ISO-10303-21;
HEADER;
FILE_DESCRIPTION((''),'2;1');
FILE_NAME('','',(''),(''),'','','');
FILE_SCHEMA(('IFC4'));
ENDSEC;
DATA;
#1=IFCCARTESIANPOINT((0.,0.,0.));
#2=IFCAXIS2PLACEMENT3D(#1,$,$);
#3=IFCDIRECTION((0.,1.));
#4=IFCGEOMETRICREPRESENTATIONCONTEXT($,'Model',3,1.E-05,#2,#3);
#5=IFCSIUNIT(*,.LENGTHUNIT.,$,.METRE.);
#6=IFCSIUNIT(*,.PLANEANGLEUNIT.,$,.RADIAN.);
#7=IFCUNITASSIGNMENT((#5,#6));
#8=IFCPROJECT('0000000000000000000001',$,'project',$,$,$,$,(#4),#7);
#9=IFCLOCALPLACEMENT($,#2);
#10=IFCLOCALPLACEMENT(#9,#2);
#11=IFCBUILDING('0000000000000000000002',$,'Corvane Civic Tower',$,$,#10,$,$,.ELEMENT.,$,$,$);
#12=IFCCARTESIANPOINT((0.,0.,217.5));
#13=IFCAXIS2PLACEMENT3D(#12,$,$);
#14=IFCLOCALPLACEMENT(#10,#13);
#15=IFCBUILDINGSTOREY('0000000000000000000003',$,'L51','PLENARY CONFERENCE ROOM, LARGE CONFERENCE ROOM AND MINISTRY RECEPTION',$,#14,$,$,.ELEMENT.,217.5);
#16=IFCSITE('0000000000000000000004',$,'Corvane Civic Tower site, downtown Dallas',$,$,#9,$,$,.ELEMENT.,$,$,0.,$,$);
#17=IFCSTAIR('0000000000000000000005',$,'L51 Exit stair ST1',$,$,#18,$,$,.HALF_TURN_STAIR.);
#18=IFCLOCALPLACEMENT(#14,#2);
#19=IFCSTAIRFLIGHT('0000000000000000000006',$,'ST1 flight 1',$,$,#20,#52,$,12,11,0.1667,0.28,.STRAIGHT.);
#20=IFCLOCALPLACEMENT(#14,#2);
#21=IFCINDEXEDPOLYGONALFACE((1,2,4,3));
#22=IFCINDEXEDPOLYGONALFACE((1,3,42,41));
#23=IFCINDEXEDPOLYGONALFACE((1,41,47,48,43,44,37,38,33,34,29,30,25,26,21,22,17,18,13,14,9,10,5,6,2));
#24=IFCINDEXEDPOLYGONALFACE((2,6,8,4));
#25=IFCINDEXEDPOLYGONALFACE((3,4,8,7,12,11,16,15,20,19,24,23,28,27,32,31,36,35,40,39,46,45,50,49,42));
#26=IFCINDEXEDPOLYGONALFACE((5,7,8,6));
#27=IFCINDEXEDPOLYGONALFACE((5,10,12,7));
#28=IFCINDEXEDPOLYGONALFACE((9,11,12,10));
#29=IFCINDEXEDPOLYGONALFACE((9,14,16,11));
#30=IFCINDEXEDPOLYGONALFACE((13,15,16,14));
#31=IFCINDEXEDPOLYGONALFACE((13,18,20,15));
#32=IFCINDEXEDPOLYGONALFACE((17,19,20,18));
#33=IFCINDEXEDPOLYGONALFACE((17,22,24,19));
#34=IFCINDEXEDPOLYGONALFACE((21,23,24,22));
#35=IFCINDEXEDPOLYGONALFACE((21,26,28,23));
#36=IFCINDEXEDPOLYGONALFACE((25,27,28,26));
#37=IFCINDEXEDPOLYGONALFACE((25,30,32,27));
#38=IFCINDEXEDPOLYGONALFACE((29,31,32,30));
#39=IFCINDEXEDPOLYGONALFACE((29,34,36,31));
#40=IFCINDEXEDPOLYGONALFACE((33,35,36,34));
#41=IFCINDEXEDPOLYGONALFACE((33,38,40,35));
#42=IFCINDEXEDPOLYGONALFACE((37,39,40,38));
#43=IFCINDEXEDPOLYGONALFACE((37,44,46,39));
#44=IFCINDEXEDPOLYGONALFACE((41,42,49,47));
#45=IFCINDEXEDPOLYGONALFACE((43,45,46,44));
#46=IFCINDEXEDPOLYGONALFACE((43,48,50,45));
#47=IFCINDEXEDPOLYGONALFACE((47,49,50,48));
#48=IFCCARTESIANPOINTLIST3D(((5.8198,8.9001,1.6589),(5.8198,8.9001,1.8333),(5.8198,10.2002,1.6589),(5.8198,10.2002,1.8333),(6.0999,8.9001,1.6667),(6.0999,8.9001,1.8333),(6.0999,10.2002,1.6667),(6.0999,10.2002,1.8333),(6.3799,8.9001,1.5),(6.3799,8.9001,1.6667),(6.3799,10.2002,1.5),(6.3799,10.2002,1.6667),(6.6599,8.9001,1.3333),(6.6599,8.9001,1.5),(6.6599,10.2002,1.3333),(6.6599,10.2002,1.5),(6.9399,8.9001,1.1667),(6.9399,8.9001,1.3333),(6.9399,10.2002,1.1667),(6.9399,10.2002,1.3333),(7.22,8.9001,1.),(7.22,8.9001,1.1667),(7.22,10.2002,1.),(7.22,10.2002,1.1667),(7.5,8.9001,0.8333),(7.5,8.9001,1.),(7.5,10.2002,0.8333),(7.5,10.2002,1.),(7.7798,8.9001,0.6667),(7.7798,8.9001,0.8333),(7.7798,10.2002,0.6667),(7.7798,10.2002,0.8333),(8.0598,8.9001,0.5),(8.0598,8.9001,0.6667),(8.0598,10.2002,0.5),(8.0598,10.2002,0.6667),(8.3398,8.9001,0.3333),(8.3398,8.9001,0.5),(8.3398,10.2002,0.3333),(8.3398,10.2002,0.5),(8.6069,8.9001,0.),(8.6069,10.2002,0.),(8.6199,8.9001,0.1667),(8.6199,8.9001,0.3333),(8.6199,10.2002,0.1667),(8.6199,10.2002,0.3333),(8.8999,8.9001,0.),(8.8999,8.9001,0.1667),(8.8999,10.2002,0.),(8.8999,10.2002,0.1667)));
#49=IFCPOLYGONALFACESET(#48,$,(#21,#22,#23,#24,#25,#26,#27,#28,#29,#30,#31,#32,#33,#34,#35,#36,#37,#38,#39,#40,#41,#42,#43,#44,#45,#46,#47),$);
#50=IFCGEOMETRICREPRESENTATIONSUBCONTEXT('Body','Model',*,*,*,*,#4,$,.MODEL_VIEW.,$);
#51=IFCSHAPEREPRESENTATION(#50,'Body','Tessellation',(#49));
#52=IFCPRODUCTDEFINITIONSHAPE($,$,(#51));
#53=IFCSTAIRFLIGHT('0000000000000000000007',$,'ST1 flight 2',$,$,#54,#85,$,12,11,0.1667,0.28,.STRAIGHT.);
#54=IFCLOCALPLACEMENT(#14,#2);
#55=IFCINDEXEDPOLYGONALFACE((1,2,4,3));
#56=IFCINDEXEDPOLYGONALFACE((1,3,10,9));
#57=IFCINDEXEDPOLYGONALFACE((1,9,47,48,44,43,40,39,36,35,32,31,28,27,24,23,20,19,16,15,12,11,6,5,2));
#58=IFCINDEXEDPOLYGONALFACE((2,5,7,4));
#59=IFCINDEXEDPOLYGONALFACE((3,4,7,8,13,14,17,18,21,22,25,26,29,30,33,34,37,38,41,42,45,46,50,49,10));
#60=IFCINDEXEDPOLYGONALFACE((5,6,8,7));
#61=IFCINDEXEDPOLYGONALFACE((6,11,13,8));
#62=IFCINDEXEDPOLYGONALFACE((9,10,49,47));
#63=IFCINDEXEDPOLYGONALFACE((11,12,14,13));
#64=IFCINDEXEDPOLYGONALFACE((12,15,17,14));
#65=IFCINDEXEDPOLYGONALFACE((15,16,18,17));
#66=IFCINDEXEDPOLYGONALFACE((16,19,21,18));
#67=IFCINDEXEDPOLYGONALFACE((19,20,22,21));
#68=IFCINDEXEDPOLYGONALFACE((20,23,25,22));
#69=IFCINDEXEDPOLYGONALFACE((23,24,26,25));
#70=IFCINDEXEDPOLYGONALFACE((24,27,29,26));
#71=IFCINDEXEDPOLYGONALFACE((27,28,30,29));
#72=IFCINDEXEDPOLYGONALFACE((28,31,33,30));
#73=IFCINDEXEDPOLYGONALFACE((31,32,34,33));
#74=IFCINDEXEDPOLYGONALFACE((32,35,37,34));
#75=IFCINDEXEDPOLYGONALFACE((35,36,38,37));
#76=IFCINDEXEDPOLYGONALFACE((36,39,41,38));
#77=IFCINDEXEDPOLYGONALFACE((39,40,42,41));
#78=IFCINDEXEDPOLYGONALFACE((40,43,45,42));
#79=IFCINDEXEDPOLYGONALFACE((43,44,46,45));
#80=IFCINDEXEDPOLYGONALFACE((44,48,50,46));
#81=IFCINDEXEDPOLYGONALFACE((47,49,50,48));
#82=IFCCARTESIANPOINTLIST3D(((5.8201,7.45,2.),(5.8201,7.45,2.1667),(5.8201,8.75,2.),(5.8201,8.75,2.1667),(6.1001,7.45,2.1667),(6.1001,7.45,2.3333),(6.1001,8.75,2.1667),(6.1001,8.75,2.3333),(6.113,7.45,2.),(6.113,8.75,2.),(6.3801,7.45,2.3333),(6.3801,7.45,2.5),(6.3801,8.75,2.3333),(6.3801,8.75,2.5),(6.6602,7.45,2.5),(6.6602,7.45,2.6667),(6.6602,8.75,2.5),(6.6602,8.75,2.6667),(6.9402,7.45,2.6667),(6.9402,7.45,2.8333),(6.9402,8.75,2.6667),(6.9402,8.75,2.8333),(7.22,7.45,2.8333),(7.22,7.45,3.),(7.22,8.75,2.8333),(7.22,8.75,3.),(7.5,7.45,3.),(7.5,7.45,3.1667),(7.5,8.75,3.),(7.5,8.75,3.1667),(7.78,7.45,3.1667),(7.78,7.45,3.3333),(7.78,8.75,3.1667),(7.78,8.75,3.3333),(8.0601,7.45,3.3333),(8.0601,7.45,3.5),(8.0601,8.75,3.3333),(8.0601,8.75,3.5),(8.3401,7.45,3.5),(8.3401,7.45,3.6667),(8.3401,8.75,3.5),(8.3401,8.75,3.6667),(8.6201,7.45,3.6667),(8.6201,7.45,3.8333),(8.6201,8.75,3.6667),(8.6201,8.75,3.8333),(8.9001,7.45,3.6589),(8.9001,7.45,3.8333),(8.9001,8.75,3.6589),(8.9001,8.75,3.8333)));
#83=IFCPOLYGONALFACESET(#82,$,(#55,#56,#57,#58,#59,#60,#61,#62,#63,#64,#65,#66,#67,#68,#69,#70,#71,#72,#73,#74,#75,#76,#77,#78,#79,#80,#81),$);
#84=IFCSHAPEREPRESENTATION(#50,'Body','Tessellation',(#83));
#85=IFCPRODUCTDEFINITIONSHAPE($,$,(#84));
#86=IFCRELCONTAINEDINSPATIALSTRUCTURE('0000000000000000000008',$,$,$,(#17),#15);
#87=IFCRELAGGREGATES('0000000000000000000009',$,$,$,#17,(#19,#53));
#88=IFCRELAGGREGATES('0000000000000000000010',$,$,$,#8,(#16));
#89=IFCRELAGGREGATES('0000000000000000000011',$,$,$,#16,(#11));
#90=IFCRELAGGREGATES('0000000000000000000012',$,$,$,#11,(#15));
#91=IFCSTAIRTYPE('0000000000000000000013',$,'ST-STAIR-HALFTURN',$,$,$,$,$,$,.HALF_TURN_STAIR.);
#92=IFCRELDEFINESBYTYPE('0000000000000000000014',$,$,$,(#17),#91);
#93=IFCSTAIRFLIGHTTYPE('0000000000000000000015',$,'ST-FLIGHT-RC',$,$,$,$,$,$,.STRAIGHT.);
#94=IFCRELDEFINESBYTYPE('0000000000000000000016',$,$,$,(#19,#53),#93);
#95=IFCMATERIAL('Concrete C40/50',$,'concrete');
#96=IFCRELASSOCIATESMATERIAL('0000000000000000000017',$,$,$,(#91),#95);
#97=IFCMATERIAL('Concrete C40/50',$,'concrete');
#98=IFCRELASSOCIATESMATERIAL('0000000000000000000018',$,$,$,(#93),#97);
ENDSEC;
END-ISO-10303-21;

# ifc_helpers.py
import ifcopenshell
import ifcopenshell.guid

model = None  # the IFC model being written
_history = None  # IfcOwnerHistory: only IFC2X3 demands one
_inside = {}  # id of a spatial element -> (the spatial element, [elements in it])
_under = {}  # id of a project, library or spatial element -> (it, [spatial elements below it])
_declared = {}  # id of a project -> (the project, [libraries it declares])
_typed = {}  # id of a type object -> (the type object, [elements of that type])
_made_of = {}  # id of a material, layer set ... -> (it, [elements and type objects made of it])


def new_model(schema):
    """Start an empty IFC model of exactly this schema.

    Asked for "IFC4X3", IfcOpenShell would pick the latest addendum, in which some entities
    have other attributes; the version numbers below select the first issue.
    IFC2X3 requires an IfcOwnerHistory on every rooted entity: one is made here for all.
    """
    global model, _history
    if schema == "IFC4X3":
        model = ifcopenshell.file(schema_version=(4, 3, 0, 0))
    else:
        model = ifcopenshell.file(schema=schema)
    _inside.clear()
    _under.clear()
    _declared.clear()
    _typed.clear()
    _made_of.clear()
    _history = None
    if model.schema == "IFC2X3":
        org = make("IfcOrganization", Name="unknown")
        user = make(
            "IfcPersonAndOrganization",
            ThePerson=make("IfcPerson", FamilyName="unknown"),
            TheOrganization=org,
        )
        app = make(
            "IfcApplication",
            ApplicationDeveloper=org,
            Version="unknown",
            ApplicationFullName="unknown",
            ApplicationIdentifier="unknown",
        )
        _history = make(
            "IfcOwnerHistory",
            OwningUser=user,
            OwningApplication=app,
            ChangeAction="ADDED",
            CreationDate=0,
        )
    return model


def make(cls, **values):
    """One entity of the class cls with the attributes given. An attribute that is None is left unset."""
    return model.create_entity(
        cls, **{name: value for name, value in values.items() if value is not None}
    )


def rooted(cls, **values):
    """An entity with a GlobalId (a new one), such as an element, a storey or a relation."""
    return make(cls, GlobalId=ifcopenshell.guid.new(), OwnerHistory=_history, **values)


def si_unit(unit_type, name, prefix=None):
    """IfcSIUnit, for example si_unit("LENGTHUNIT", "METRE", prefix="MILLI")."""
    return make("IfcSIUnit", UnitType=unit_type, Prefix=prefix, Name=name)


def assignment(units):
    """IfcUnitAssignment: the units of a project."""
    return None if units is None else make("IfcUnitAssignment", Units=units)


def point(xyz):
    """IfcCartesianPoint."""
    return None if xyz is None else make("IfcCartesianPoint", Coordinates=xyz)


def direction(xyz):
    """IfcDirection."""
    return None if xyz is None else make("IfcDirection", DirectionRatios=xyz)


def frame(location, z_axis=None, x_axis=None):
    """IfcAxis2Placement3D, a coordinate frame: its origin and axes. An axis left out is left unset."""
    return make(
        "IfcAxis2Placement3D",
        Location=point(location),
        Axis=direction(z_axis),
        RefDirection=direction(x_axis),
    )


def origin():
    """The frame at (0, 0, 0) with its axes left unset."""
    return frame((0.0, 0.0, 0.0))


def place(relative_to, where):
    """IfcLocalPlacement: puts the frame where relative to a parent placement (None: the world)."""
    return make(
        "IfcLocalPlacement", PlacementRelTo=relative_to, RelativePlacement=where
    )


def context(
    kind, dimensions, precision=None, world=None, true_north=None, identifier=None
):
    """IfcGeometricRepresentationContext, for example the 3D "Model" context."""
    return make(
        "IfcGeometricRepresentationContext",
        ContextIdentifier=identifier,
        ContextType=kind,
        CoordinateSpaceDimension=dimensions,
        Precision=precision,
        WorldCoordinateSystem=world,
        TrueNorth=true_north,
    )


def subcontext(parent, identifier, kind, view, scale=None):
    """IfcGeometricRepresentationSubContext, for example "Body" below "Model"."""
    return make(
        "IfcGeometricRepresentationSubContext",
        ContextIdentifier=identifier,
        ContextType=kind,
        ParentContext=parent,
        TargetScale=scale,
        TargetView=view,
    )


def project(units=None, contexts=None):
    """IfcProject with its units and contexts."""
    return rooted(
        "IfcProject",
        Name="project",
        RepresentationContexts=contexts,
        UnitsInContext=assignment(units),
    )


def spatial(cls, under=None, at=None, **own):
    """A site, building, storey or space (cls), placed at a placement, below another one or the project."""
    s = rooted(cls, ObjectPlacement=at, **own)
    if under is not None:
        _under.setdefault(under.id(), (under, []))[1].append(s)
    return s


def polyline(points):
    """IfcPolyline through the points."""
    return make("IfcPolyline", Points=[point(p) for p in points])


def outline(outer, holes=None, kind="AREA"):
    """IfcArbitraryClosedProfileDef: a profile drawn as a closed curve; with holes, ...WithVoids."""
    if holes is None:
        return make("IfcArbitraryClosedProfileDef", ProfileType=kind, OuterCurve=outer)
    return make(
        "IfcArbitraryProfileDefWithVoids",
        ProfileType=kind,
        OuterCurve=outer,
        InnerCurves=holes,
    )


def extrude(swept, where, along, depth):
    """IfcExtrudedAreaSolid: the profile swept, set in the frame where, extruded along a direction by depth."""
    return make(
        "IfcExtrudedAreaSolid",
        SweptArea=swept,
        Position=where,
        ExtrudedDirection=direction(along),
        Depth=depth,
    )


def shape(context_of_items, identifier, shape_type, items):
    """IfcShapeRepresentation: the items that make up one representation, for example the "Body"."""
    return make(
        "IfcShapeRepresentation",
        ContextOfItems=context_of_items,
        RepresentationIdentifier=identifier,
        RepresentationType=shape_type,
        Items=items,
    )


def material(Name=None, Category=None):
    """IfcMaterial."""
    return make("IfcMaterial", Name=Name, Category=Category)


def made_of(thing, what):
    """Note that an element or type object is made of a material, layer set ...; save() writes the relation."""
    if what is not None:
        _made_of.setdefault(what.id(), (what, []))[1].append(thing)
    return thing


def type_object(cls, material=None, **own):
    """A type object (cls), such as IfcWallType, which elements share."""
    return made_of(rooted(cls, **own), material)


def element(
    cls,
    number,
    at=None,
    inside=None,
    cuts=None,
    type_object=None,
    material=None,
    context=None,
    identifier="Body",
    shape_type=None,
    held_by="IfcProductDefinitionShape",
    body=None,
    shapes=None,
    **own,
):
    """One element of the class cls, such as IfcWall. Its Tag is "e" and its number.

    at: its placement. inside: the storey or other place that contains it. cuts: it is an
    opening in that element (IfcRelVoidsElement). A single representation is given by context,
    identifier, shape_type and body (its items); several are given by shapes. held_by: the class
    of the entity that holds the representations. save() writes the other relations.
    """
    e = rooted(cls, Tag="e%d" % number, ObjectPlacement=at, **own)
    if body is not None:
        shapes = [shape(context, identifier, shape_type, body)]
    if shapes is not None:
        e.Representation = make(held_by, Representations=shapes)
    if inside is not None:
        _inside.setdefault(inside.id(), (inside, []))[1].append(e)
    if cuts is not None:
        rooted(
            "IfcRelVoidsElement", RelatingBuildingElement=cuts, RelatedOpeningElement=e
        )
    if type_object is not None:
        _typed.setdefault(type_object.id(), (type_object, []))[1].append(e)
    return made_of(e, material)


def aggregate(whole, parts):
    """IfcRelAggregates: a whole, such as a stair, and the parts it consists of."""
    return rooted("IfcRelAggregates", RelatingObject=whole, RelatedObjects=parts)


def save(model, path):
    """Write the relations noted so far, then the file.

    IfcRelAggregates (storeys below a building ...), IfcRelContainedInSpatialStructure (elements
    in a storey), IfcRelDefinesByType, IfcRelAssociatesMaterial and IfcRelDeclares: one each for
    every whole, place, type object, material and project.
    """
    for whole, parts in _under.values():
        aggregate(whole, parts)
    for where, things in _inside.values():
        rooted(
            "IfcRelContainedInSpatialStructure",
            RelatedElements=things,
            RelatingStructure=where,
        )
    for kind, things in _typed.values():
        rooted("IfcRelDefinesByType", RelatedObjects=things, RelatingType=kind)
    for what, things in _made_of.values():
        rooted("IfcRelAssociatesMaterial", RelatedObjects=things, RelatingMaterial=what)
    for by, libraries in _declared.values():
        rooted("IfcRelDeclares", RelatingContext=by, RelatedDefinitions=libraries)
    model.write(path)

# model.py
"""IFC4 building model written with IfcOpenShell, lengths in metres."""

from ifc_helpers import new_model, si_unit, direction, frame, origin, place, context, subcontext, project, spatial, polyline, outline, extrude, material, type_object, element, aggregate, save


model = new_model("IFC4")

# Units and contexts
model_context = context("Model", 3, precision=1e-05, world=origin(), true_north=direction((0.0, 1.0)))
body_context = subcontext(model_context, "Body", "Model", "MODEL_VIEW")
ifc_project = project(units=[si_unit("LENGTHUNIT", "METRE"), si_unit("PLANEANGLEUNIT", "RADIAN")], contexts=[model_context])

# Site, building, storey
site_placement = place(None, origin())
site = spatial("IfcSite", under=ifc_project, at=site_placement, Name="Corvane Civic Tower site, downtown Dallas", CompositionType="ELEMENT", RefElevation=0.0)
building_placement = place(site_placement, origin())
building = spatial("IfcBuilding", under=site, at=building_placement, Name="Corvane Civic Tower", CompositionType="ELEMENT")
storey_placement = place(building_placement, frame((0.0, 0.0, 217.5)))
storey = spatial("IfcBuildingStorey", under=building, at=storey_placement, Name="L51", Description="PLENARY CONFERENCE ROOM, LARGE CONFERENCE ROOM AND MINISTRY RECEPTION", CompositionType="ELEMENT", Elevation=217.5)

# Stair, stair flights
ifc_material_1 = material(Name="Concrete C40/50", Category="concrete")
stair_type = type_object("IfcStairType", Name="ST-STAIR-HALFTURN", PredefinedType="HALF_TURN_STAIR", material=ifc_material_1)
stair_placement = place(storey_placement, origin())
stair = element("IfcStair", 1, at=stair_placement, inside=storey, type_object=stair_type, Name="L51 Exit stair ST1", PredefinedType="HALF_TURN_STAIR")
ifc_material_2 = material(Name="Concrete C40/50", Category="concrete")
stair_flight_type = type_object("IfcStairFlightType", Name="ST-FLIGHT-RC", PredefinedType="STRAIGHT", material=ifc_material_2)
stair_flight_1_placement = place(storey_placement, frame((8.8999, 9.55, 0.0), z_axis=(0.0, 0.0, 1.0), x_axis=(-1.0, 0.0, 0.0)))
stair_flight_1 = element("IfcStairFlight", 2, at=stair_flight_1_placement, type_object=stair_flight_type, Name="ST1 flight 1", NumberOfRisers=12, NumberOfTreads=11, PredefinedType="STRAIGHT", RiserHeight=0.1667, TreadLength=0.28, context=body_context, shape_type="SweptSolid", body=[
    extrude(outline(polyline([(0.0, 0.0), (0.0, 0.1667), (0.28, 0.1667), (0.28, 0.3333), (0.5601, 0.3333), (0.5601, 0.5), (0.8401, 0.5), (0.8401, 0.6667), (1.1201, 0.6667), (1.1201, 0.8333), (1.3999, 0.8333), (1.3999, 1.0), (1.6799, 1.0), (1.6799, 1.1667), (1.96, 1.1667), (1.96, 1.3333), (2.24, 1.3333), (2.24, 1.5), (2.52, 1.5), (2.52, 1.6667), (2.8, 1.6667), (2.8, 1.8333), (3.0801, 1.8333), (3.0801, 2.0), (3.0801, 1.6589), (0.293, 0.0), (0.0, 0.0)])), frame((0.0, 0.6499, 0.0), z_axis=(0.0, -1.0, 0.0), x_axis=(1.0, 0.0, 0.0)), (0.0, 0.0, 1.0), 1.3),
])
stair_flight_2_placement = place(storey_placement, frame((5.8201, 8.1001, 2.0), z_axis=(0.0, 0.0, 1.0), x_axis=(1.0, 0.0, 0.0)))
stair_flight_2 = element("IfcStairFlight", 3, at=stair_flight_2_placement, type_object=stair_flight_type, Name="ST1 flight 2", NumberOfRisers=12, NumberOfTreads=11, PredefinedType="STRAIGHT", RiserHeight=0.1667, TreadLength=0.28, context=body_context, shape_type="SweptSolid", body=[
    extrude(outline(polyline([(0.0, 0.0), (0.0, 0.1667), (0.28, 0.1667), (0.28, 0.3333), (0.5601, 0.3333), (0.5601, 0.5), (0.8401, 0.5), (0.8401, 0.6667), (1.1201, 0.6667), (1.1201, 0.8333), (1.3999, 0.8333), (1.3999, 1.0), (1.6799, 1.0), (1.6799, 1.1667), (1.96, 1.1667), (1.96, 1.3333), (2.24, 1.3333), (2.24, 1.5), (2.52, 1.5), (2.52, 1.6667), (2.8, 1.6667), (2.8, 1.8333), (3.0801, 1.8333), (3.0801, 2.0), (3.0801, 1.6589), (0.293, 0.0), (0.0, 0.0)])), frame((0.0, 0.6499, 0.0), z_axis=(0.0, -1.0, 0.0), x_axis=(1.0, 0.0, 0.0)), (0.0, 0.0, 1.0), 1.3),
])
aggregate(stair, [stair_flight_1, stair_flight_2])

save(model, "model.ifc")
